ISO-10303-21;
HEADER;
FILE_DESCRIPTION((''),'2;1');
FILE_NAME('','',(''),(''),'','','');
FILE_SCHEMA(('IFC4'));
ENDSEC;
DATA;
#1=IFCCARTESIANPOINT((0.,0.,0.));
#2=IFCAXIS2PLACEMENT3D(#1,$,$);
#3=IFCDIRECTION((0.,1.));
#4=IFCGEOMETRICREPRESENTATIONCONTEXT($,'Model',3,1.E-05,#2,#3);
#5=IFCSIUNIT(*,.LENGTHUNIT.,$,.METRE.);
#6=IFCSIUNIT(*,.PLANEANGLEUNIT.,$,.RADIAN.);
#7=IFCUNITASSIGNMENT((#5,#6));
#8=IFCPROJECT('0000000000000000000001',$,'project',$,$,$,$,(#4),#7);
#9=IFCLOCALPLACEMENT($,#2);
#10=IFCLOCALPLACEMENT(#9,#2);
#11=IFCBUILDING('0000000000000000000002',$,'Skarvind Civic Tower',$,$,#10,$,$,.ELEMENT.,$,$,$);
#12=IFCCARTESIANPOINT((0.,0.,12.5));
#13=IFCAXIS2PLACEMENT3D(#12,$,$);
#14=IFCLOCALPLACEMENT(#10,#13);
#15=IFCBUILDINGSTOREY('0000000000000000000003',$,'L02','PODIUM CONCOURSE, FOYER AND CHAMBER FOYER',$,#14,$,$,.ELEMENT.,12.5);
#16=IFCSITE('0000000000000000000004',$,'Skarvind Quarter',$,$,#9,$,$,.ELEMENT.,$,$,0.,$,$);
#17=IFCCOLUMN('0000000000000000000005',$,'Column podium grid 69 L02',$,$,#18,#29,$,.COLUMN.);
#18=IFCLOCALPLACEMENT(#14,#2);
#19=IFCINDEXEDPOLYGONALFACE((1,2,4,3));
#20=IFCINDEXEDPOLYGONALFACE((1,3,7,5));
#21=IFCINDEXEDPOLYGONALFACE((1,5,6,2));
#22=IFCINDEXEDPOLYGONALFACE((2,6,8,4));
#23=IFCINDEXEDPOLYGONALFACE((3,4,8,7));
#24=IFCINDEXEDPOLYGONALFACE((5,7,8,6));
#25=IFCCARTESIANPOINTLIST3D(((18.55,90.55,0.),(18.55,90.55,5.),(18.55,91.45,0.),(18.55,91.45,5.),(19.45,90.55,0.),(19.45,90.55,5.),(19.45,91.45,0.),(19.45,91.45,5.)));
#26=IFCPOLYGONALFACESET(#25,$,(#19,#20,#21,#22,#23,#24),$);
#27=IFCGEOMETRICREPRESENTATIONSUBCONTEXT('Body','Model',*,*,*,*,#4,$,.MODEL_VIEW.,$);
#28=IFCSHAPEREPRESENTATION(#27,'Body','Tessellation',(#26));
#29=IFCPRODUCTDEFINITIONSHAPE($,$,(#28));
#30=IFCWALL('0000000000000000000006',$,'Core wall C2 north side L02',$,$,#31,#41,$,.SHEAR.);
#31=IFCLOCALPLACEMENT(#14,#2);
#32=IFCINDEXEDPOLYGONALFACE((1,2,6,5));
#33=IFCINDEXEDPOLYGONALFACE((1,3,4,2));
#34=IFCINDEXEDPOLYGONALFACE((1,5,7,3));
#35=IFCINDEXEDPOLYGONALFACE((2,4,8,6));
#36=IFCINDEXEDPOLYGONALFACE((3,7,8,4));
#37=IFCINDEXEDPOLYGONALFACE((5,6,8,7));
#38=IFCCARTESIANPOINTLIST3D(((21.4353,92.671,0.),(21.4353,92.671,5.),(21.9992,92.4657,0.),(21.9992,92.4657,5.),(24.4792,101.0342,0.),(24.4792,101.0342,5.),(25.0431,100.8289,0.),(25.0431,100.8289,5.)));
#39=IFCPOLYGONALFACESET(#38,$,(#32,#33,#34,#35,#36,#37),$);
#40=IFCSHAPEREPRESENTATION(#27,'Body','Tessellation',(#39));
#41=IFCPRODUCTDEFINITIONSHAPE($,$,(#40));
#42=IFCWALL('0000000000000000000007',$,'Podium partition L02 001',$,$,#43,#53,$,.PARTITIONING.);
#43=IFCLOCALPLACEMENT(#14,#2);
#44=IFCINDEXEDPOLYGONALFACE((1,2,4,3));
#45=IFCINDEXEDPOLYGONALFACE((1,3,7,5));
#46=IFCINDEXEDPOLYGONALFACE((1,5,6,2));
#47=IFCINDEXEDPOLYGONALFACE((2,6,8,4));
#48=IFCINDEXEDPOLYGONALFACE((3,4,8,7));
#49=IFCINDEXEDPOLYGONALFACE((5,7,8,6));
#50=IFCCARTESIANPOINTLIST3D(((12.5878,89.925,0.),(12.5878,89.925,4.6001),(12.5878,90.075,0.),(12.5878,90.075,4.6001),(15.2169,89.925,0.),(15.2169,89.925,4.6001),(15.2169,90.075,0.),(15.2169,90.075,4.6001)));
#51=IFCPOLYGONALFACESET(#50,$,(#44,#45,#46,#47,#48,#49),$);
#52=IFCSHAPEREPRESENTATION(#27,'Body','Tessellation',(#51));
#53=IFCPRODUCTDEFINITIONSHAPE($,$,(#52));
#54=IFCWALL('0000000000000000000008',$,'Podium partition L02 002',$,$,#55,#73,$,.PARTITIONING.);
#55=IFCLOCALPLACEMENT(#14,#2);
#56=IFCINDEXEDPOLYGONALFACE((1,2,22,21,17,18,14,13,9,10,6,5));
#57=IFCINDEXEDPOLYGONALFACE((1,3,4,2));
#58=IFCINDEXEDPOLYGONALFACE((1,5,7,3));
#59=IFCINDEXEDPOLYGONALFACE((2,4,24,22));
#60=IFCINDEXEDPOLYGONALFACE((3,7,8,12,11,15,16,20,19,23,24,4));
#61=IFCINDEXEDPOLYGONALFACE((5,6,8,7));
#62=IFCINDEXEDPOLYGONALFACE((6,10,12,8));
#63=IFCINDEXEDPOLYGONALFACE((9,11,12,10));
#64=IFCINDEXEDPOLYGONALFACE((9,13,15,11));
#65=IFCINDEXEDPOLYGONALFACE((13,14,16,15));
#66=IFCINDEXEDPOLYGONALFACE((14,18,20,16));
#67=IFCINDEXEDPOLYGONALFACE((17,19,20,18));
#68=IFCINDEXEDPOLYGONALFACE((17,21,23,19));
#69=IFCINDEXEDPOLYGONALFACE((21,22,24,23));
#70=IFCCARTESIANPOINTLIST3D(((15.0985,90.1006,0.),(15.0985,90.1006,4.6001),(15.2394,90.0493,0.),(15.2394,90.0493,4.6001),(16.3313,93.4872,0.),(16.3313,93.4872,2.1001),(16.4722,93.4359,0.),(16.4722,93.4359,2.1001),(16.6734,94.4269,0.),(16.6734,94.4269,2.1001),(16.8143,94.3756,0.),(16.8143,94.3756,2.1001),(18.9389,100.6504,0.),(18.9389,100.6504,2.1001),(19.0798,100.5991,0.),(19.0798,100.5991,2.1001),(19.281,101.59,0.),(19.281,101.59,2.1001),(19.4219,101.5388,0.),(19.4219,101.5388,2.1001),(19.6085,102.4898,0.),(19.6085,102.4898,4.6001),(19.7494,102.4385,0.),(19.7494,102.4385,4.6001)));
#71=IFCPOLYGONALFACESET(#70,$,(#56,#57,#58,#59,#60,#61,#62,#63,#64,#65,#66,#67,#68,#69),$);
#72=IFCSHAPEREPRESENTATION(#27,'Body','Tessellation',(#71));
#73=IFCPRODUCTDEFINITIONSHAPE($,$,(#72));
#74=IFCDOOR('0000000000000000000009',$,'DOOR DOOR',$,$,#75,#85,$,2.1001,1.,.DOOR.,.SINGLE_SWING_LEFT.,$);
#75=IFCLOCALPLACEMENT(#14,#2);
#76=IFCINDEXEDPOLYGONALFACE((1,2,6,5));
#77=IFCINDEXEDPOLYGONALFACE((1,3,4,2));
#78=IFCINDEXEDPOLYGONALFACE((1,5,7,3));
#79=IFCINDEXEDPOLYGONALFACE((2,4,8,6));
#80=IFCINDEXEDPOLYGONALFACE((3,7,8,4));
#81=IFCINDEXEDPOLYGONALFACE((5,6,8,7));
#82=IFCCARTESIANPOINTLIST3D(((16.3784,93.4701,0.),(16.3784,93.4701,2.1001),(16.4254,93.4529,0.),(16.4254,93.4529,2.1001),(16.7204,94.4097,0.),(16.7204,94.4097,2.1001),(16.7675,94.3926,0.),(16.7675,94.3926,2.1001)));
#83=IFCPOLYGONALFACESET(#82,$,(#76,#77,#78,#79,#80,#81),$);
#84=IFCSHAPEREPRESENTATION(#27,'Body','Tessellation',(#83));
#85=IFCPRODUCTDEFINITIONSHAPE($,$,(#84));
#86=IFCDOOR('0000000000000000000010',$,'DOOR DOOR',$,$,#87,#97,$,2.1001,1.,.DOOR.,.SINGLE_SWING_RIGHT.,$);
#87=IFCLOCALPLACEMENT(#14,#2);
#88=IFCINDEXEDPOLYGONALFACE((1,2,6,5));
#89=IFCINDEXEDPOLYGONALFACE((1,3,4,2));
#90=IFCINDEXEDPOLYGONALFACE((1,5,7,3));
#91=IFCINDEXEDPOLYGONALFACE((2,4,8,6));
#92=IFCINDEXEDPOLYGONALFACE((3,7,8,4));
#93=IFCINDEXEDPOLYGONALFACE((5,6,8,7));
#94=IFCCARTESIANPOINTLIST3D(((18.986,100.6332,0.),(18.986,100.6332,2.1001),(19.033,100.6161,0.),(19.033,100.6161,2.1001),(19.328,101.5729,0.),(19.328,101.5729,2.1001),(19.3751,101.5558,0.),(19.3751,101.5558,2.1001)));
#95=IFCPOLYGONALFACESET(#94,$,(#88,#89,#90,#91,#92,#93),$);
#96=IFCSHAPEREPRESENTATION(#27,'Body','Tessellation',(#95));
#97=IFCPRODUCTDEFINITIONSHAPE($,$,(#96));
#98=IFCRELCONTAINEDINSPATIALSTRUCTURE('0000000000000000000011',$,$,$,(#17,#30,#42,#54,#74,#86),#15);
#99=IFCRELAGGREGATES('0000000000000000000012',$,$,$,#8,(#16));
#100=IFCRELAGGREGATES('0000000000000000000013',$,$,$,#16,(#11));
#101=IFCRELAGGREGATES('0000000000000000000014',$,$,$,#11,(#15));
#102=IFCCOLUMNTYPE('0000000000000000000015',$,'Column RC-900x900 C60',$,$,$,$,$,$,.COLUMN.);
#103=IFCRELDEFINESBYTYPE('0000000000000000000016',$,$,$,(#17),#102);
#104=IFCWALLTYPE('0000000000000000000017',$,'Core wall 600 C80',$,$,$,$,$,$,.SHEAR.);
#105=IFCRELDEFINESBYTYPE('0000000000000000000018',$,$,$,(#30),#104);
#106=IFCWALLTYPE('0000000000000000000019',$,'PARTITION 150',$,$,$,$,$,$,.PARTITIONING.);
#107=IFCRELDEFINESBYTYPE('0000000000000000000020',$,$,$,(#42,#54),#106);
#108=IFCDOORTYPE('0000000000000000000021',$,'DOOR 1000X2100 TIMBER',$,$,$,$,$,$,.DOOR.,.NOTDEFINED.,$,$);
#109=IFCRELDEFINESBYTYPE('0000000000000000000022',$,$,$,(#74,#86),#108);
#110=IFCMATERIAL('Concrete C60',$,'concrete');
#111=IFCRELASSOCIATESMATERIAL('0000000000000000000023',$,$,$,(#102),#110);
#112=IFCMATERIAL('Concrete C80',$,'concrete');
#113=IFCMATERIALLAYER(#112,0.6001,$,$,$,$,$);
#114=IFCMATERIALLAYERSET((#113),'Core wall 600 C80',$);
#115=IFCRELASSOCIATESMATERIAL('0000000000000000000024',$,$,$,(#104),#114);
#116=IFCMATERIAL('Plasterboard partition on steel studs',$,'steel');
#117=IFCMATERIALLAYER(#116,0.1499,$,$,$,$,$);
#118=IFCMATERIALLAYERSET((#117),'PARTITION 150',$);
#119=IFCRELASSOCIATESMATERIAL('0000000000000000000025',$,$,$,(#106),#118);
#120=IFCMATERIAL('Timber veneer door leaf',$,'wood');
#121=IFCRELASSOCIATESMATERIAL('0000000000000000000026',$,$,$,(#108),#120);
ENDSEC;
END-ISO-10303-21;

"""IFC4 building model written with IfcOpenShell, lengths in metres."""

from ifc_helpers import new_model, si_unit, direction, frame, frame_2d, origin, origin_2d, place, context, subcontext, project, spatial, rectangle, extrude, material, layer, layer_set, material_profile, profile_set, type_object, element, fill, save


model = new_model("IFC4")

# Units and contexts
model_context = context("Model", 3, precision=1e-05, world=origin(), true_north=direction((0.0, 1.0)))
body_context = subcontext(model_context, "Body", "Model", "MODEL_VIEW")
ifc_project = project(units=[si_unit("LENGTHUNIT", "METRE"), si_unit("PLANEANGLEUNIT", "RADIAN")], contexts=[model_context])

# Site, building, storey
site_placement = place(None, origin())
site = spatial("IfcSite", under=ifc_project, at=site_placement, Name="Skarvind Quarter", CompositionType="ELEMENT", RefElevation=0.0)
building_placement = place(site_placement, origin())
building = spatial("IfcBuilding", under=site, at=building_placement, Name="Skarvind Civic Tower", CompositionType="ELEMENT")
storey_placement = place(building_placement, frame((0.0, 0.0, 12.5)))
storey = spatial("IfcBuildingStorey", under=building, at=storey_placement, Name="L02", Description="PODIUM CONCOURSE, FOYER AND CHAMBER FOYER", CompositionType="ELEMENT", Elevation=12.5)

# Column
ifc_material_1 = material(Name="Concrete C60", Category="concrete")
ifc_material_profile = material_profile(ifc_material_1, rectangle(XDim=0.8999, YDim=0.8999, at=origin_2d()), Name="RC-900x900")
ifc_profile_set = profile_set([ifc_material_profile], Name="Concrete C60")
column_type = type_object("IfcColumnType", Name="Column RC-900x900 C60", PredefinedType="COLUMN", material=ifc_profile_set)
column_placement = place(storey_placement, frame((19.0, 91.0, 0.0), z_axis=(0.0, 0.0, 1.0), x_axis=(1.0, 0.0, 0.0)))
element("IfcColumn", 1, at=column_placement, inside=storey, type_object=column_type, Name="Column podium grid 69 L02", PredefinedType="COLUMN", context=body_context, shape_type="SweptSolid", body=[
    extrude(rectangle(XDim=0.8999, YDim=0.8999, at=origin_2d()), origin(), (0.0, 0.0, 1.0), 5.0),
])

# Walls
ifc_material_2 = material(Name="Concrete C80", Category="concrete")
ifc_layer_1 = layer(ifc_material_2, 0.6001)
ifc_layer_set_1 = layer_set([ifc_layer_1], Name="Core wall 600 C80")
wall_type_1 = type_object("IfcWallType", Name="Core wall 600 C80", PredefinedType="SHEAR", material=ifc_layer_set_1)
wall_1_placement = place(storey_placement, frame((21.7173, 92.5684, 0.0), z_axis=(0.0, 0.0, 1.0), x_axis=(0.342016, 0.939694, 0.0)))
element("IfcWall", 2, at=wall_1_placement, inside=storey, type_object=wall_type_1, Name="Core wall C2 north side L02", PredefinedType="SHEAR", context=body_context, shape_type="SweptSolid", body=[
    extrude(rectangle(XDim=8.8999, YDim=0.6001, at=frame_2d((4.45, 0.0))), origin(), (0.0, 0.0, 1.0), 5.0),
])
ifc_material_3 = material(Name="Plasterboard partition on steel studs", Category="steel")
ifc_layer_2 = layer(ifc_material_3, 0.1499)
ifc_layer_set_2 = layer_set([ifc_layer_2], Name="PARTITION 150")
wall_type_2 = type_object("IfcWallType", Name="PARTITION 150", PredefinedType="PARTITIONING", material=ifc_layer_set_2)
wall_2_placement = place(storey_placement, frame((12.5879, 90.0, 0.0), z_axis=(0.0, 0.0, 1.0), x_axis=(1.0, 0.0, 0.0)))
element("IfcWall", 3, at=wall_2_placement, inside=storey, type_object=wall_type_2, Name="Podium partition L02 001", PredefinedType="PARTITIONING", context=body_context, shape_type="SweptSolid", body=[
    extrude(rectangle(XDim=2.6292, YDim=0.1499, at=frame_2d((1.3145, 0.0))), origin(), (0.0, 0.0, 1.0), 4.6001),
])

# Wall, openings, doors
wall_3_placement = place(storey_placement, frame((15.1689, 90.075, 0.0), z_axis=(0.0, 0.0, 1.0), x_axis=(0.342069, 0.939675, 0.0)))
wall_3 = element("IfcWall", 4, at=wall_3_placement, inside=storey, type_object=wall_type_2, Name="Podium partition L02 002", PredefinedType="PARTITIONING", context=body_context, shape_type="SweptSolid", body=[
    extrude(rectangle(XDim=13.1846, YDim=0.1499, at=frame_2d((6.5923, 0.0))), origin(), (0.0, 0.0, 1.0), 4.6001),
])
opening_1_placement = place(wall_3_placement, frame((3.604, 0.0, 0.0)))
opening_1 = element("IfcOpeningElement", 5, at=opening_1_placement, cuts=wall_3, PredefinedType="OPENING", context=body_context, shape_type="SweptSolid", body=[
    extrude(rectangle(XDim=1.0, YDim=2.1001, at=frame_2d((0.5, 1.05))), frame((0.0, 0.085, 0.0), z_axis=(0.0, -1.0, 0.0), x_axis=(1.0, 0.0, 0.0)), (0.0, 0.0, 1.0), 0.1699),
])
opening_2_placement = place(wall_3_placement, frame((11.2271, 0.0, 0.0)))
opening_2 = element("IfcOpeningElement", 6, at=opening_2_placement, cuts=wall_3, PredefinedType="OPENING", context=body_context, shape_type="SweptSolid", body=[
    extrude(rectangle(XDim=1.0, YDim=2.1001, at=frame_2d((0.5, 1.05))), frame((0.0, 0.085, 0.0), z_axis=(0.0, -1.0, 0.0), x_axis=(1.0, 0.0, 0.0)), (0.0, 0.0, 1.0), 0.1699),
])
ifc_material_4 = material(Name="Timber veneer door leaf", Category="wood")
door_type = type_object("IfcDoorType", Name="DOOR 1000X2100 TIMBER", OperationType="NOTDEFINED", PredefinedType="DOOR", material=ifc_material_4)
door_1_placement = place(opening_1_placement, origin())
door_1 = element("IfcDoor", 7, at=door_1_placement, inside=storey, type_object=door_type, Name="DOOR DOOR", OperationType="SINGLE_SWING_LEFT", OverallHeight=2.1001, OverallWidth=1.0, PredefinedType="DOOR", context=body_context, shape_type="SweptSolid", body=[
    extrude(rectangle(XDim=1.0, YDim=2.1001, at=frame_2d((0.5, 1.05))), frame((0.0, 0.0249, 0.0), z_axis=(0.0, -1.0, 0.0), x_axis=(1.0, 0.0, 0.0)), (0.0, 0.0, 1.0), 0.05),
])
fill(opening_1, door_1)
door_2_placement = place(opening_2_placement, origin())
door_2 = element("IfcDoor", 8, at=door_2_placement, inside=storey, type_object=door_type, Name="DOOR DOOR", OperationType="SINGLE_SWING_RIGHT", OverallHeight=2.1001, OverallWidth=1.0, PredefinedType="DOOR", context=body_context, shape_type="SweptSolid", body=[
    extrude(rectangle(XDim=1.0, YDim=2.1001, at=frame_2d((0.5, 1.05))), frame((0.0, 0.0249, 0.0), z_axis=(0.0, -1.0, 0.0), x_axis=(1.0, 0.0, 0.0)), (0.0, 0.0, 1.0), 0.05),
])
fill(opening_2, door_2)

save(model, "model.ifc")
